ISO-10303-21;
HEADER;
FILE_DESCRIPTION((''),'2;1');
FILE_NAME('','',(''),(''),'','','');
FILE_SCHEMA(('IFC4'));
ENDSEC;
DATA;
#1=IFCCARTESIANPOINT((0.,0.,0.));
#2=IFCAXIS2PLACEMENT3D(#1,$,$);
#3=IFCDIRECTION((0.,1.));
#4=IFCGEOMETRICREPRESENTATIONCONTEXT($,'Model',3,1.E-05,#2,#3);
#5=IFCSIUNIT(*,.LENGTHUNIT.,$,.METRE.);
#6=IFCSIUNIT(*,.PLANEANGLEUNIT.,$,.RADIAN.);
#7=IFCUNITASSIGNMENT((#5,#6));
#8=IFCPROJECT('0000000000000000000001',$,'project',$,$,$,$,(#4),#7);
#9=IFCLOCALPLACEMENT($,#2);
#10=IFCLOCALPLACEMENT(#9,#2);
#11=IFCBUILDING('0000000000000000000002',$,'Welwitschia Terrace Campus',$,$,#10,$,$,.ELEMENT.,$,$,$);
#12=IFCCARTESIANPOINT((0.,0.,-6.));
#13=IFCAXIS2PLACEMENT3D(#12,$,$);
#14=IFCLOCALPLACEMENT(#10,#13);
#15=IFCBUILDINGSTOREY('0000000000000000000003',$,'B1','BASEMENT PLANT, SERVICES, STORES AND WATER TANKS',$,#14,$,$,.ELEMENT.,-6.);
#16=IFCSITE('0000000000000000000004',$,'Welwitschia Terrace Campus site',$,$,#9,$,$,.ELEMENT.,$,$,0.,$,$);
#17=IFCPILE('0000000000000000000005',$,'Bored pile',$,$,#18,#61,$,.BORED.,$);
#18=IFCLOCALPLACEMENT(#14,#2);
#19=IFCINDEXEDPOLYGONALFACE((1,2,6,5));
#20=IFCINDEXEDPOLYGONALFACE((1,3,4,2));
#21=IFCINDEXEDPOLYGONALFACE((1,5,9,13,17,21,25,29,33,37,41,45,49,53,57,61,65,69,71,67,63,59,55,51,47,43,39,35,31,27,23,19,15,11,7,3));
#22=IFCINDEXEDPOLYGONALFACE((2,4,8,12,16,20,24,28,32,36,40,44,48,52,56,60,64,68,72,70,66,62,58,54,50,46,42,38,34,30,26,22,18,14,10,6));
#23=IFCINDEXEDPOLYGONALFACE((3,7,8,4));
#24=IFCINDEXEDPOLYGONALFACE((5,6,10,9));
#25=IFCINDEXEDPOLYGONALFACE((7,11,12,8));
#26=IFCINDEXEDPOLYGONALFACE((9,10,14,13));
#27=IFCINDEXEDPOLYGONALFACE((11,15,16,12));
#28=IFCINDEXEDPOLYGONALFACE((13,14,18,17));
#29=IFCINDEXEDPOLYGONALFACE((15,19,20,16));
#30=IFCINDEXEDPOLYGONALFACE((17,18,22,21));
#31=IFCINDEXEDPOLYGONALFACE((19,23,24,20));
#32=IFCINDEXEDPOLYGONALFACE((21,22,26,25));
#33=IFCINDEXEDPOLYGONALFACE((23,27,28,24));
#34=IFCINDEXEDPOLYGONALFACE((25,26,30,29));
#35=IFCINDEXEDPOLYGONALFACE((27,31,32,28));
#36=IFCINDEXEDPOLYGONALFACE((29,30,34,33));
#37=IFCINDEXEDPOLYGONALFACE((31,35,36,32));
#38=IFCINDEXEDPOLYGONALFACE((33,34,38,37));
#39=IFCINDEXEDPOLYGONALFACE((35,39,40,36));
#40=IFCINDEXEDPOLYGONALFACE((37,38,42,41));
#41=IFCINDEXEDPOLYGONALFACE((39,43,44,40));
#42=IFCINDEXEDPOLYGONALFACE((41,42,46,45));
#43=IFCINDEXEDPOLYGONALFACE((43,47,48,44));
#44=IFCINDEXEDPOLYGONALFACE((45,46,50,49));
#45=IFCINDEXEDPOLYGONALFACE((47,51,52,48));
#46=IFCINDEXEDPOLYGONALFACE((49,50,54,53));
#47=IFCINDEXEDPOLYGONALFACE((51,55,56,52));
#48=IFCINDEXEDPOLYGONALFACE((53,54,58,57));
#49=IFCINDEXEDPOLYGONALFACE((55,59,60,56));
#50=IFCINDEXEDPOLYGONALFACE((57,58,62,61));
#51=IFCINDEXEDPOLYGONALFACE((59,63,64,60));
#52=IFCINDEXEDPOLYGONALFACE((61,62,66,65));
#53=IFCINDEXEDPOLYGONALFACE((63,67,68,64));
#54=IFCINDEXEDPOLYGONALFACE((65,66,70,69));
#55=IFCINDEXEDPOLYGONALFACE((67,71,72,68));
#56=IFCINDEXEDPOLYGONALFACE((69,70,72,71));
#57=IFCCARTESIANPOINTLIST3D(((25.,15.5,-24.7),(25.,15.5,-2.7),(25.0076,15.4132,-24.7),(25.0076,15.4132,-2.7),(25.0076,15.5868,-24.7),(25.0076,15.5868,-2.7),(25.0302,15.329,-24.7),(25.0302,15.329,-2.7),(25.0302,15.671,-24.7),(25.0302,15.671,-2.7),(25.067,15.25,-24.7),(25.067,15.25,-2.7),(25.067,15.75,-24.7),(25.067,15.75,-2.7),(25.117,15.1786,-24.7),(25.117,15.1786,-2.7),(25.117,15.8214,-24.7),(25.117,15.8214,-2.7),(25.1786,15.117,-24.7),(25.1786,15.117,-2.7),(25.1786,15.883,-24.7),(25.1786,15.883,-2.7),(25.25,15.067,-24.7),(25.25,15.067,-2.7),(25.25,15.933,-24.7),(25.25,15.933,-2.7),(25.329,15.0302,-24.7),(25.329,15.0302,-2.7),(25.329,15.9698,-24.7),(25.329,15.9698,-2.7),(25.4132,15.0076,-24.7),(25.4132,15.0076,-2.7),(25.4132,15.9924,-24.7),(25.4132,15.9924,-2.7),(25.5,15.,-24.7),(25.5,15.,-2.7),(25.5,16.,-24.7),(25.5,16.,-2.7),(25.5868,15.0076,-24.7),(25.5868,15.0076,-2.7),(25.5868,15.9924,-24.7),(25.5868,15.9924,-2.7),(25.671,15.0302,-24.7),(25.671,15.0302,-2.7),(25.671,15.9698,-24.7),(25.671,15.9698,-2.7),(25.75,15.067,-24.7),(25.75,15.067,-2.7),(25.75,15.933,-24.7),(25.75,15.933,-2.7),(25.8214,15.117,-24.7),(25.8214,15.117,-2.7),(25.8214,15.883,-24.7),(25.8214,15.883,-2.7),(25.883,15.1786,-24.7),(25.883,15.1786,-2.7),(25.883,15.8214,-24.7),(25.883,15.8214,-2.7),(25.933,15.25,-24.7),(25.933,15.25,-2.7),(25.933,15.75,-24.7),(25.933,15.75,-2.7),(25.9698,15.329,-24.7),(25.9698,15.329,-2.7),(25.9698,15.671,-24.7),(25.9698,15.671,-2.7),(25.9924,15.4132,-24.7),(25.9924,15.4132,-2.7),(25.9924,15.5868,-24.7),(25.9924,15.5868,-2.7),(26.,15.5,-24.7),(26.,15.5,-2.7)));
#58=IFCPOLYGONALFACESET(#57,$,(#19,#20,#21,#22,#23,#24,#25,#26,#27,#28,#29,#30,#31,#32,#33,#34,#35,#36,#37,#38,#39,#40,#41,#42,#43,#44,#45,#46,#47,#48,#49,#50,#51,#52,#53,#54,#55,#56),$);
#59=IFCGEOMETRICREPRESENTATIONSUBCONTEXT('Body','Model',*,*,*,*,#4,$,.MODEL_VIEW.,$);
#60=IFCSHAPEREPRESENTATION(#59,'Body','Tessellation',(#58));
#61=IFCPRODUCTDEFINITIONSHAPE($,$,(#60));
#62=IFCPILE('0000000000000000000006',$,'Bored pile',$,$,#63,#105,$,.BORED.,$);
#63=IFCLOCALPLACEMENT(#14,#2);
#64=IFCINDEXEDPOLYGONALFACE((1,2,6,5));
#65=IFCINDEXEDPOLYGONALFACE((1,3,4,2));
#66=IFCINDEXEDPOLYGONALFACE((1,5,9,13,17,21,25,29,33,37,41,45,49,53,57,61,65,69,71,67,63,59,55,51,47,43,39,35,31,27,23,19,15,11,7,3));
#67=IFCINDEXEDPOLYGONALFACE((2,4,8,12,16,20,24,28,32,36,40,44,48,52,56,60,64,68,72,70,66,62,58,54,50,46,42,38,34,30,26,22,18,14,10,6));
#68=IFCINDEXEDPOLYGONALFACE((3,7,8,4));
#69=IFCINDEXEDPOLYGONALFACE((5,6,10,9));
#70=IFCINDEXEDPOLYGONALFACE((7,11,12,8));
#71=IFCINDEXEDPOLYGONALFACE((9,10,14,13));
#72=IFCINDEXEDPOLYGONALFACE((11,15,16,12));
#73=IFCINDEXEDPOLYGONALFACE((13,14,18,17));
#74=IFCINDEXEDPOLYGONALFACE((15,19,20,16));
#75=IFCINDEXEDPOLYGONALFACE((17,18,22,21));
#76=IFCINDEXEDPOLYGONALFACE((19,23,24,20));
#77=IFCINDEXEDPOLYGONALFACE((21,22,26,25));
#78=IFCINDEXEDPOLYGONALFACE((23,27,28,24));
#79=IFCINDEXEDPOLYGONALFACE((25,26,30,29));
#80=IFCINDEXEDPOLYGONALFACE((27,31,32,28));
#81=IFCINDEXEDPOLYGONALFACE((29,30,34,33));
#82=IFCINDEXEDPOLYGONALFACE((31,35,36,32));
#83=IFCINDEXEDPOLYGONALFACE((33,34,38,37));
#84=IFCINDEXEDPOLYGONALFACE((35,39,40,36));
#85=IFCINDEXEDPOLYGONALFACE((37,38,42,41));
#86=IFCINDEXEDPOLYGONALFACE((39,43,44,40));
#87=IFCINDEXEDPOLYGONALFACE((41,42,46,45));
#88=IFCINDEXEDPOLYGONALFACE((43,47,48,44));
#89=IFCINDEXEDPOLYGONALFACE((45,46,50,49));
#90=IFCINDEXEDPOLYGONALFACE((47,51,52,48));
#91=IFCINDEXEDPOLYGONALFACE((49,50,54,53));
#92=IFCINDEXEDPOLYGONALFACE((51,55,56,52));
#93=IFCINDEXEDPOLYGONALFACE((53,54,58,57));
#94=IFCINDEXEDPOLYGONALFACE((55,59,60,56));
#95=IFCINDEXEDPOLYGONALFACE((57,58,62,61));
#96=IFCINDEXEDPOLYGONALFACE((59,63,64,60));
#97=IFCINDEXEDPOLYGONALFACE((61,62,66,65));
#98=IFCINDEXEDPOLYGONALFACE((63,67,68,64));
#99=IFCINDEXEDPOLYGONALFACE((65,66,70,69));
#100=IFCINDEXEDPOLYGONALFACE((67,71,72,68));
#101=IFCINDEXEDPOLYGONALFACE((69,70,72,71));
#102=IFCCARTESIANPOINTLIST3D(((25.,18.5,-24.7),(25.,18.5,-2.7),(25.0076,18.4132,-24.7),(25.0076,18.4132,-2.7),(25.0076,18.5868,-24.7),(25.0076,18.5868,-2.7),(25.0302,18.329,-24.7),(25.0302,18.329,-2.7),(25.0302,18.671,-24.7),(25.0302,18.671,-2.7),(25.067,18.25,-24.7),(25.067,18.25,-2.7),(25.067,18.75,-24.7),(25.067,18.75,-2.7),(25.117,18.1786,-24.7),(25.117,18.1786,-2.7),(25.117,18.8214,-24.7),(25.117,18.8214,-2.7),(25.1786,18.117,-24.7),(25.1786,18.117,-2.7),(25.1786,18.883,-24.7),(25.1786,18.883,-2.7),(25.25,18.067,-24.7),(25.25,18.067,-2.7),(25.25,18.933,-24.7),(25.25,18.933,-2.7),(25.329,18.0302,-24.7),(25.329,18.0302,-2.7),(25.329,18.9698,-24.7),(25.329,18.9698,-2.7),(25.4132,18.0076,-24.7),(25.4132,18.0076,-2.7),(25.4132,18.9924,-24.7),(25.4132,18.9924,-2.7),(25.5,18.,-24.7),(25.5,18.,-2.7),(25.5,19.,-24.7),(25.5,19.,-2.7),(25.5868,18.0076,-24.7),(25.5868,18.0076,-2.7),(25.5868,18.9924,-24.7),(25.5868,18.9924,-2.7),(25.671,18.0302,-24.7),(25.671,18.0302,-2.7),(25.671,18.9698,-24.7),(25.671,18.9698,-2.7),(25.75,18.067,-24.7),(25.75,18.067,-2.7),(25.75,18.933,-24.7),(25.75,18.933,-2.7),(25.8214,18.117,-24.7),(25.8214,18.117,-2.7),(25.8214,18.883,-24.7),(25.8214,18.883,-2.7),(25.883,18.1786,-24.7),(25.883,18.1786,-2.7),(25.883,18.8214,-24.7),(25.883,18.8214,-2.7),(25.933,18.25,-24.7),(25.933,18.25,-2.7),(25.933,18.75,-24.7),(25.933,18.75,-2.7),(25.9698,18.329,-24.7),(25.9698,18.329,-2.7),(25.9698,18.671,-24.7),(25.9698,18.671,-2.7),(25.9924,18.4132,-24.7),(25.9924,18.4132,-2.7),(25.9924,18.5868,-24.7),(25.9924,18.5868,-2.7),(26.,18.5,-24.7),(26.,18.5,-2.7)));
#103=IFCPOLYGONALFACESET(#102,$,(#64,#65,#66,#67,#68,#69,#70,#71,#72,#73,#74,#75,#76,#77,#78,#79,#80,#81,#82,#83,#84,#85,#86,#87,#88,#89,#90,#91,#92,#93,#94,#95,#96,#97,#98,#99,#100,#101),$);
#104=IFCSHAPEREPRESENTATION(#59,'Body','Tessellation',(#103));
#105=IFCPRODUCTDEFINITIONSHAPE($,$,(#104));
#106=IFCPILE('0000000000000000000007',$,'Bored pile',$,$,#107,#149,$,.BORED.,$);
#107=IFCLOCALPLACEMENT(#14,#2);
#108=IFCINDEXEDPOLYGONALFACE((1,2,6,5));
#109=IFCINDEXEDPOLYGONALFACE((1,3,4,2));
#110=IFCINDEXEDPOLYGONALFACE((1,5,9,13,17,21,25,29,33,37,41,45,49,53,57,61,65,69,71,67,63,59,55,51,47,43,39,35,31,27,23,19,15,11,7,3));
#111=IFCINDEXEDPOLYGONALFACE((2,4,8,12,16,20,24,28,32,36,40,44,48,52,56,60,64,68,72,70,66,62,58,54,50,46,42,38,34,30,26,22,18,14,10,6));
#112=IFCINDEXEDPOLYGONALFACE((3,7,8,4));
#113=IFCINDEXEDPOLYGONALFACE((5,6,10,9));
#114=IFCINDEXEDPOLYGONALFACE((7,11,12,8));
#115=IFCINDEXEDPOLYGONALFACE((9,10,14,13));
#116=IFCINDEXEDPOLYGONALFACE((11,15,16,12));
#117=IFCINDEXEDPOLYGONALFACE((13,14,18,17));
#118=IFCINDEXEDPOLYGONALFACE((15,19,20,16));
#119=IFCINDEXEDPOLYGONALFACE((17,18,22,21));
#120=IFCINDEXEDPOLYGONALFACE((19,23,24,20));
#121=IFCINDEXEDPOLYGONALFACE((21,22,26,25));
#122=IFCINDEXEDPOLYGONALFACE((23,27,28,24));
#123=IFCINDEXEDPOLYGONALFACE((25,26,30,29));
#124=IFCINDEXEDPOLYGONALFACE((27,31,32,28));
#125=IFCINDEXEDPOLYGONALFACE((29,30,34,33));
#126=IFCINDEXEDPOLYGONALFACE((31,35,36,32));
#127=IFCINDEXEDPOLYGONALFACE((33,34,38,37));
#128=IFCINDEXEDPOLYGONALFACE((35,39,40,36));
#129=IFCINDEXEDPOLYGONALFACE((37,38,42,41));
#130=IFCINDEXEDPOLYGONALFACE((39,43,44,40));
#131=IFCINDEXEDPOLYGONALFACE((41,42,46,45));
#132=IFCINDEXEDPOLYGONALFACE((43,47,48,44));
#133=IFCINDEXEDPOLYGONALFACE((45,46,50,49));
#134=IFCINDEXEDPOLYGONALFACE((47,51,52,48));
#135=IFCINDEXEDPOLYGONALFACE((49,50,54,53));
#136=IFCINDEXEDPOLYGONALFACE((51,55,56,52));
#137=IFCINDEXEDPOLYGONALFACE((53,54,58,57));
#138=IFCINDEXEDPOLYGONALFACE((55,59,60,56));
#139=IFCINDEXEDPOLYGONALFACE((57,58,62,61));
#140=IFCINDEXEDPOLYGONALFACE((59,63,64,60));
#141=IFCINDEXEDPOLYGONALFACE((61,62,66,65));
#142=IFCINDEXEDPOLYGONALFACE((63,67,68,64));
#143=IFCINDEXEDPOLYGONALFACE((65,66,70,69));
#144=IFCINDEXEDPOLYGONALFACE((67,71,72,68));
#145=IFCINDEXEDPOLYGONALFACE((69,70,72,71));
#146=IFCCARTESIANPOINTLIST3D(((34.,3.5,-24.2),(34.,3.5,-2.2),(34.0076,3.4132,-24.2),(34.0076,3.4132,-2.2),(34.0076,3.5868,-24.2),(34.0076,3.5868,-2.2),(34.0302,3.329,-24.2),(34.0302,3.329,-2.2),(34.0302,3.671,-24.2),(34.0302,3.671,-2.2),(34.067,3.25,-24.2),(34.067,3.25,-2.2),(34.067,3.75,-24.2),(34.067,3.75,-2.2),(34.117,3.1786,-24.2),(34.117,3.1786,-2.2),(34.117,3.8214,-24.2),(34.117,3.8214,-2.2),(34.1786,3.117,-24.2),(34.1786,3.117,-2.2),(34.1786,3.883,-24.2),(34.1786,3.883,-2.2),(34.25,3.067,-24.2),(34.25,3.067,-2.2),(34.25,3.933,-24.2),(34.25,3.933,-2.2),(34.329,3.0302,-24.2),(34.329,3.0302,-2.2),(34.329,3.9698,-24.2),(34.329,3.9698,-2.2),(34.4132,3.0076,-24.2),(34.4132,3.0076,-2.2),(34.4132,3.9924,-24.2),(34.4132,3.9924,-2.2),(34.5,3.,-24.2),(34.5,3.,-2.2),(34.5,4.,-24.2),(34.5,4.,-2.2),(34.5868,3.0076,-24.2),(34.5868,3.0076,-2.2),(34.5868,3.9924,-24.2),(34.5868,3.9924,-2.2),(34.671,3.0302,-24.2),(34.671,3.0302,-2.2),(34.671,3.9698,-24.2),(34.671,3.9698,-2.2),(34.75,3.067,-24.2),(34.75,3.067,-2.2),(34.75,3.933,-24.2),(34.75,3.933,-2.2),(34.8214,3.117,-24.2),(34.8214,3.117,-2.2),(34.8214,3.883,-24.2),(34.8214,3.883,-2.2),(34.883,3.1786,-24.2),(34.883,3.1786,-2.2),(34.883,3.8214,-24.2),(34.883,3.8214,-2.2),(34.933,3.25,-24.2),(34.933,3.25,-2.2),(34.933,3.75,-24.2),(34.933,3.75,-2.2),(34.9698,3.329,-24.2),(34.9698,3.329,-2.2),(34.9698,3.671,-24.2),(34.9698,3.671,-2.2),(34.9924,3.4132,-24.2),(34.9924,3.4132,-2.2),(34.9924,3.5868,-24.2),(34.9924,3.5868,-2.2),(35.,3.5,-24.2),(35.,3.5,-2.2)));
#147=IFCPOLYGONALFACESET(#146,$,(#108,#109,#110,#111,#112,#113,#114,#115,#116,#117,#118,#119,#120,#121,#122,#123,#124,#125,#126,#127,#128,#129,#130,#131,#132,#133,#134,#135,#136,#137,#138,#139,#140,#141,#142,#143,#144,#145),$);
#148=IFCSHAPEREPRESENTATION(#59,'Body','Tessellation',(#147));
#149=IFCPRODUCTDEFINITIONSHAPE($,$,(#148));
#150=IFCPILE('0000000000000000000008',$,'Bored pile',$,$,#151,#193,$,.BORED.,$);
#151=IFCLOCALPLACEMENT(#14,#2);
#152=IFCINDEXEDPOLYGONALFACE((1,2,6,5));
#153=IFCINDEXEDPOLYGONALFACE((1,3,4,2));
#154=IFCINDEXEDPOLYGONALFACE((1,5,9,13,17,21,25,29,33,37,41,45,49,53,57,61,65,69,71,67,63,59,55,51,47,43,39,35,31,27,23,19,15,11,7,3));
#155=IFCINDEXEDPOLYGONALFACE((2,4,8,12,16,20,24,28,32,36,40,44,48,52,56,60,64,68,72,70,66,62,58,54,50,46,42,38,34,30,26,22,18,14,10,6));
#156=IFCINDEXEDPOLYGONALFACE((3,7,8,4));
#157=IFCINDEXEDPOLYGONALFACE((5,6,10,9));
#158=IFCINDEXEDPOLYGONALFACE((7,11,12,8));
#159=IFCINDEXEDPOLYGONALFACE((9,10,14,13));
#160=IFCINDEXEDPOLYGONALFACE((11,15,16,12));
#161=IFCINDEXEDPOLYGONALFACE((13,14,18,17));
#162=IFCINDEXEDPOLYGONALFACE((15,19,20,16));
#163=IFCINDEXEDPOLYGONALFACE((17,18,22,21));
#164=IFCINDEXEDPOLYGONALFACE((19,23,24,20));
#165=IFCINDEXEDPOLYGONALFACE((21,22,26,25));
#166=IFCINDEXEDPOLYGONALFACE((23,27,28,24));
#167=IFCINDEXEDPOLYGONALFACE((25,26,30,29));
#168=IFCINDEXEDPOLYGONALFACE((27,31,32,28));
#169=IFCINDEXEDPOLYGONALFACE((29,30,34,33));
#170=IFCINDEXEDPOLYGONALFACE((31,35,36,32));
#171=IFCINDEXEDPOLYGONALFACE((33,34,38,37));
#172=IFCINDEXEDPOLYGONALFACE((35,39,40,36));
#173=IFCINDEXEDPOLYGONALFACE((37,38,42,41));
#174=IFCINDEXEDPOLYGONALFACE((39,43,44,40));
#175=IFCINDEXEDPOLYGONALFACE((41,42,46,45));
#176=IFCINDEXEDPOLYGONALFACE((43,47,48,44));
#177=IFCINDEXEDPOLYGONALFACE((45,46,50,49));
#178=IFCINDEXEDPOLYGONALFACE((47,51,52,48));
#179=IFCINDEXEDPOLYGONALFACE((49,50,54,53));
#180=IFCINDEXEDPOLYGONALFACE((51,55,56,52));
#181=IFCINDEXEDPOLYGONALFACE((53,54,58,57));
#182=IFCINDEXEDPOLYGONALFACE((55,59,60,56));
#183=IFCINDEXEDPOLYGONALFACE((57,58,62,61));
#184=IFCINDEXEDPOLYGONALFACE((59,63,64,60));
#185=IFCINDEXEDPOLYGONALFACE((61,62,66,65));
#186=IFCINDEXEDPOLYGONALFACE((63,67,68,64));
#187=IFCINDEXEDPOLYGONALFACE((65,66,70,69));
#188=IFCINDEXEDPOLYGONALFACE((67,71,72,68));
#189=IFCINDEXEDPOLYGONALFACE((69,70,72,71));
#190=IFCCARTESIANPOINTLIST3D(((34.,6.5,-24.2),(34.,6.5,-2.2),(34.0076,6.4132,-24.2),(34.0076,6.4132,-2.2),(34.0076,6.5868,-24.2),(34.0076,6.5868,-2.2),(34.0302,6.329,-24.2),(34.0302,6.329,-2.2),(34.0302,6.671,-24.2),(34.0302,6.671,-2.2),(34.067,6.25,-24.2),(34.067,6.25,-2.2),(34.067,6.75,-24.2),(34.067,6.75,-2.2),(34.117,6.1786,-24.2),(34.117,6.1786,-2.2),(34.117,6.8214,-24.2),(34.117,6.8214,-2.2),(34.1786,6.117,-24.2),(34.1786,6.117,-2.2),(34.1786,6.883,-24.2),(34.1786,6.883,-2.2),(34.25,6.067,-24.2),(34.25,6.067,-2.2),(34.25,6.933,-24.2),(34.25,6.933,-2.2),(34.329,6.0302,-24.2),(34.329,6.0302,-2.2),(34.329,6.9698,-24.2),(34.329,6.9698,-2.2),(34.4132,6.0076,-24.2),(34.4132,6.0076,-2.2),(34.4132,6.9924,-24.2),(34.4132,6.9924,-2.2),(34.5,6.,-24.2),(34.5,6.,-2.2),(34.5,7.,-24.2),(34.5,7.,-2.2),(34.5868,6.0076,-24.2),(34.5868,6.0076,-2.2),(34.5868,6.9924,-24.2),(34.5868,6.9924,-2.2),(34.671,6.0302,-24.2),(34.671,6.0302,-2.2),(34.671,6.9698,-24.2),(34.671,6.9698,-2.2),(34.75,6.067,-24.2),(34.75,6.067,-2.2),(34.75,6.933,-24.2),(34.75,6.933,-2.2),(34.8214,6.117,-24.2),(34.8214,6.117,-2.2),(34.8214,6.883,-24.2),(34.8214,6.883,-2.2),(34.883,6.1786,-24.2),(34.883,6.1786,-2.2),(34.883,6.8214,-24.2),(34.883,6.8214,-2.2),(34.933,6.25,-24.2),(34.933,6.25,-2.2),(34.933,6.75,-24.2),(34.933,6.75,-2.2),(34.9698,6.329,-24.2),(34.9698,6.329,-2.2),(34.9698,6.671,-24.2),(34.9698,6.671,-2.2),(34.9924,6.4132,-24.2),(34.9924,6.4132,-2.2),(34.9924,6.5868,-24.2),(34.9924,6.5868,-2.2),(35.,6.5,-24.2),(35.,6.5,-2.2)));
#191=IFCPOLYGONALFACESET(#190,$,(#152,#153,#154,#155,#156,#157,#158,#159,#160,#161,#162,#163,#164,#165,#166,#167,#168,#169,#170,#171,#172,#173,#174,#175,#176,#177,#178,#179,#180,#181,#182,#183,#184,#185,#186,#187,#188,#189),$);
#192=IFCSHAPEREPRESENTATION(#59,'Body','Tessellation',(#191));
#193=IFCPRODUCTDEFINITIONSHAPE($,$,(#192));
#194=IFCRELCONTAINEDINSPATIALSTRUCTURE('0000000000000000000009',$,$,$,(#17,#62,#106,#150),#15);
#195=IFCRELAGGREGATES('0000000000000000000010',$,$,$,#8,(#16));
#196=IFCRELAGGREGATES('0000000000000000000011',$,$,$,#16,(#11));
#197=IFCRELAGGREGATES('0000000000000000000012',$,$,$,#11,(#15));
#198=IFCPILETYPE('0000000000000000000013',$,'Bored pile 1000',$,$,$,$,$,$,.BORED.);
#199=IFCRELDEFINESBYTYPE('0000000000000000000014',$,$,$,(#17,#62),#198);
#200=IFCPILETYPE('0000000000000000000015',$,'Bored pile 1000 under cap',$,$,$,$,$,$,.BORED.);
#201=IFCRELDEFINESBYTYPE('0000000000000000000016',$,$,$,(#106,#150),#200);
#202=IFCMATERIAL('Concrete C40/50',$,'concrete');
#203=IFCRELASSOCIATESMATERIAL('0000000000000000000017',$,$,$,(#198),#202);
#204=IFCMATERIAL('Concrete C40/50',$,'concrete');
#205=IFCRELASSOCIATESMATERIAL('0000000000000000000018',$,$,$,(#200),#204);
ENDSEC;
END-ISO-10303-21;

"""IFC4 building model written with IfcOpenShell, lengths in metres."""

from ifc_helpers import new_model, si_unit, direction, frame, origin, origin_2d, place, context, subcontext, project, spatial, circle, extrude, material, type_object, element, save


model = new_model("IFC4")

# Units and contexts
model_context = context("Model", 3, precision=1e-05, world=origin(), true_north=direction((0.0, 1.0)))
body_context = subcontext(model_context, "Body", "Model", "MODEL_VIEW")
ifc_project = project(units=[si_unit("LENGTHUNIT", "METRE"), si_unit("PLANEANGLEUNIT", "RADIAN")], contexts=[model_context])

# Site, building, storey
site_placement = place(None, origin())
site = spatial("IfcSite", under=ifc_project, at=site_placement, Name="Welwitschia Terrace Campus site", CompositionType="ELEMENT", RefElevation=0.0)
building_placement = place(site_placement, origin())
building = spatial("IfcBuilding", under=site, at=building_placement, Name="Welwitschia Terrace Campus", CompositionType="ELEMENT")
storey_placement = place(building_placement, frame((0.0, 0.0, -6.0)))
storey = spatial("IfcBuildingStorey", under=building, at=storey_placement, Name="B1", Description="BASEMENT PLANT, SERVICES, STORES AND WATER TANKS", CompositionType="ELEMENT", Elevation=-6.0)

# Piles
ifc_material_1 = material(Name="Concrete C40/50", Category="concrete")
pile_type_1 = type_object("IfcPileType", Name="Bored pile 1000", PredefinedType="BORED", material=ifc_material_1)
for number, where, z_axis, x_axis, name in (
    (1, (25.5, 15.5, -2.7), (0.0, 0.0, -1.0), (1.0, 0.0, 0.0), "Bored pile"),
    (2, (25.5, 18.5, -2.7), (0.0, 0.0, -1.0), (1.0, 0.0, 0.0), "Bored pile"),
):
    element("IfcPile", number, at=place(storey_placement, frame(where, z_axis=z_axis, x_axis=x_axis)), inside=storey, type_object=pile_type_1, Name=name, PredefinedType="BORED", context=body_context, shape_type="SweptSolid", body=[
        extrude(circle(Radius=0.5, at=origin_2d()), origin(), (0.0, 0.0, 1.0), 22.0),
    ])
ifc_material_2 = material(Name="Concrete C40/50", Category="concrete")
pile_type_2 = type_object("IfcPileType", Name="Bored pile 1000 under cap", PredefinedType="BORED", material=ifc_material_2)
for number, where, z_axis, x_axis, name in (
    (3, (34.5, 3.5, -2.2), (0.0, 0.0, -1.0), (1.0, 0.0, 0.0), "Bored pile"),
    (4, (34.5, 6.5, -2.2), (0.0, 0.0, -1.0), (1.0, 0.0, 0.0), "Bored pile"),
):
    element("IfcPile", number, at=place(storey_placement, frame(where, z_axis=z_axis, x_axis=x_axis)), inside=storey, type_object=pile_type_2, Name=name, PredefinedType="BORED", context=body_context, shape_type="SweptSolid", body=[
        extrude(circle(Radius=0.5, at=origin_2d()), origin(), (0.0, 0.0, 1.0), 22.0),
    ])

save(model, "model.ifc")
